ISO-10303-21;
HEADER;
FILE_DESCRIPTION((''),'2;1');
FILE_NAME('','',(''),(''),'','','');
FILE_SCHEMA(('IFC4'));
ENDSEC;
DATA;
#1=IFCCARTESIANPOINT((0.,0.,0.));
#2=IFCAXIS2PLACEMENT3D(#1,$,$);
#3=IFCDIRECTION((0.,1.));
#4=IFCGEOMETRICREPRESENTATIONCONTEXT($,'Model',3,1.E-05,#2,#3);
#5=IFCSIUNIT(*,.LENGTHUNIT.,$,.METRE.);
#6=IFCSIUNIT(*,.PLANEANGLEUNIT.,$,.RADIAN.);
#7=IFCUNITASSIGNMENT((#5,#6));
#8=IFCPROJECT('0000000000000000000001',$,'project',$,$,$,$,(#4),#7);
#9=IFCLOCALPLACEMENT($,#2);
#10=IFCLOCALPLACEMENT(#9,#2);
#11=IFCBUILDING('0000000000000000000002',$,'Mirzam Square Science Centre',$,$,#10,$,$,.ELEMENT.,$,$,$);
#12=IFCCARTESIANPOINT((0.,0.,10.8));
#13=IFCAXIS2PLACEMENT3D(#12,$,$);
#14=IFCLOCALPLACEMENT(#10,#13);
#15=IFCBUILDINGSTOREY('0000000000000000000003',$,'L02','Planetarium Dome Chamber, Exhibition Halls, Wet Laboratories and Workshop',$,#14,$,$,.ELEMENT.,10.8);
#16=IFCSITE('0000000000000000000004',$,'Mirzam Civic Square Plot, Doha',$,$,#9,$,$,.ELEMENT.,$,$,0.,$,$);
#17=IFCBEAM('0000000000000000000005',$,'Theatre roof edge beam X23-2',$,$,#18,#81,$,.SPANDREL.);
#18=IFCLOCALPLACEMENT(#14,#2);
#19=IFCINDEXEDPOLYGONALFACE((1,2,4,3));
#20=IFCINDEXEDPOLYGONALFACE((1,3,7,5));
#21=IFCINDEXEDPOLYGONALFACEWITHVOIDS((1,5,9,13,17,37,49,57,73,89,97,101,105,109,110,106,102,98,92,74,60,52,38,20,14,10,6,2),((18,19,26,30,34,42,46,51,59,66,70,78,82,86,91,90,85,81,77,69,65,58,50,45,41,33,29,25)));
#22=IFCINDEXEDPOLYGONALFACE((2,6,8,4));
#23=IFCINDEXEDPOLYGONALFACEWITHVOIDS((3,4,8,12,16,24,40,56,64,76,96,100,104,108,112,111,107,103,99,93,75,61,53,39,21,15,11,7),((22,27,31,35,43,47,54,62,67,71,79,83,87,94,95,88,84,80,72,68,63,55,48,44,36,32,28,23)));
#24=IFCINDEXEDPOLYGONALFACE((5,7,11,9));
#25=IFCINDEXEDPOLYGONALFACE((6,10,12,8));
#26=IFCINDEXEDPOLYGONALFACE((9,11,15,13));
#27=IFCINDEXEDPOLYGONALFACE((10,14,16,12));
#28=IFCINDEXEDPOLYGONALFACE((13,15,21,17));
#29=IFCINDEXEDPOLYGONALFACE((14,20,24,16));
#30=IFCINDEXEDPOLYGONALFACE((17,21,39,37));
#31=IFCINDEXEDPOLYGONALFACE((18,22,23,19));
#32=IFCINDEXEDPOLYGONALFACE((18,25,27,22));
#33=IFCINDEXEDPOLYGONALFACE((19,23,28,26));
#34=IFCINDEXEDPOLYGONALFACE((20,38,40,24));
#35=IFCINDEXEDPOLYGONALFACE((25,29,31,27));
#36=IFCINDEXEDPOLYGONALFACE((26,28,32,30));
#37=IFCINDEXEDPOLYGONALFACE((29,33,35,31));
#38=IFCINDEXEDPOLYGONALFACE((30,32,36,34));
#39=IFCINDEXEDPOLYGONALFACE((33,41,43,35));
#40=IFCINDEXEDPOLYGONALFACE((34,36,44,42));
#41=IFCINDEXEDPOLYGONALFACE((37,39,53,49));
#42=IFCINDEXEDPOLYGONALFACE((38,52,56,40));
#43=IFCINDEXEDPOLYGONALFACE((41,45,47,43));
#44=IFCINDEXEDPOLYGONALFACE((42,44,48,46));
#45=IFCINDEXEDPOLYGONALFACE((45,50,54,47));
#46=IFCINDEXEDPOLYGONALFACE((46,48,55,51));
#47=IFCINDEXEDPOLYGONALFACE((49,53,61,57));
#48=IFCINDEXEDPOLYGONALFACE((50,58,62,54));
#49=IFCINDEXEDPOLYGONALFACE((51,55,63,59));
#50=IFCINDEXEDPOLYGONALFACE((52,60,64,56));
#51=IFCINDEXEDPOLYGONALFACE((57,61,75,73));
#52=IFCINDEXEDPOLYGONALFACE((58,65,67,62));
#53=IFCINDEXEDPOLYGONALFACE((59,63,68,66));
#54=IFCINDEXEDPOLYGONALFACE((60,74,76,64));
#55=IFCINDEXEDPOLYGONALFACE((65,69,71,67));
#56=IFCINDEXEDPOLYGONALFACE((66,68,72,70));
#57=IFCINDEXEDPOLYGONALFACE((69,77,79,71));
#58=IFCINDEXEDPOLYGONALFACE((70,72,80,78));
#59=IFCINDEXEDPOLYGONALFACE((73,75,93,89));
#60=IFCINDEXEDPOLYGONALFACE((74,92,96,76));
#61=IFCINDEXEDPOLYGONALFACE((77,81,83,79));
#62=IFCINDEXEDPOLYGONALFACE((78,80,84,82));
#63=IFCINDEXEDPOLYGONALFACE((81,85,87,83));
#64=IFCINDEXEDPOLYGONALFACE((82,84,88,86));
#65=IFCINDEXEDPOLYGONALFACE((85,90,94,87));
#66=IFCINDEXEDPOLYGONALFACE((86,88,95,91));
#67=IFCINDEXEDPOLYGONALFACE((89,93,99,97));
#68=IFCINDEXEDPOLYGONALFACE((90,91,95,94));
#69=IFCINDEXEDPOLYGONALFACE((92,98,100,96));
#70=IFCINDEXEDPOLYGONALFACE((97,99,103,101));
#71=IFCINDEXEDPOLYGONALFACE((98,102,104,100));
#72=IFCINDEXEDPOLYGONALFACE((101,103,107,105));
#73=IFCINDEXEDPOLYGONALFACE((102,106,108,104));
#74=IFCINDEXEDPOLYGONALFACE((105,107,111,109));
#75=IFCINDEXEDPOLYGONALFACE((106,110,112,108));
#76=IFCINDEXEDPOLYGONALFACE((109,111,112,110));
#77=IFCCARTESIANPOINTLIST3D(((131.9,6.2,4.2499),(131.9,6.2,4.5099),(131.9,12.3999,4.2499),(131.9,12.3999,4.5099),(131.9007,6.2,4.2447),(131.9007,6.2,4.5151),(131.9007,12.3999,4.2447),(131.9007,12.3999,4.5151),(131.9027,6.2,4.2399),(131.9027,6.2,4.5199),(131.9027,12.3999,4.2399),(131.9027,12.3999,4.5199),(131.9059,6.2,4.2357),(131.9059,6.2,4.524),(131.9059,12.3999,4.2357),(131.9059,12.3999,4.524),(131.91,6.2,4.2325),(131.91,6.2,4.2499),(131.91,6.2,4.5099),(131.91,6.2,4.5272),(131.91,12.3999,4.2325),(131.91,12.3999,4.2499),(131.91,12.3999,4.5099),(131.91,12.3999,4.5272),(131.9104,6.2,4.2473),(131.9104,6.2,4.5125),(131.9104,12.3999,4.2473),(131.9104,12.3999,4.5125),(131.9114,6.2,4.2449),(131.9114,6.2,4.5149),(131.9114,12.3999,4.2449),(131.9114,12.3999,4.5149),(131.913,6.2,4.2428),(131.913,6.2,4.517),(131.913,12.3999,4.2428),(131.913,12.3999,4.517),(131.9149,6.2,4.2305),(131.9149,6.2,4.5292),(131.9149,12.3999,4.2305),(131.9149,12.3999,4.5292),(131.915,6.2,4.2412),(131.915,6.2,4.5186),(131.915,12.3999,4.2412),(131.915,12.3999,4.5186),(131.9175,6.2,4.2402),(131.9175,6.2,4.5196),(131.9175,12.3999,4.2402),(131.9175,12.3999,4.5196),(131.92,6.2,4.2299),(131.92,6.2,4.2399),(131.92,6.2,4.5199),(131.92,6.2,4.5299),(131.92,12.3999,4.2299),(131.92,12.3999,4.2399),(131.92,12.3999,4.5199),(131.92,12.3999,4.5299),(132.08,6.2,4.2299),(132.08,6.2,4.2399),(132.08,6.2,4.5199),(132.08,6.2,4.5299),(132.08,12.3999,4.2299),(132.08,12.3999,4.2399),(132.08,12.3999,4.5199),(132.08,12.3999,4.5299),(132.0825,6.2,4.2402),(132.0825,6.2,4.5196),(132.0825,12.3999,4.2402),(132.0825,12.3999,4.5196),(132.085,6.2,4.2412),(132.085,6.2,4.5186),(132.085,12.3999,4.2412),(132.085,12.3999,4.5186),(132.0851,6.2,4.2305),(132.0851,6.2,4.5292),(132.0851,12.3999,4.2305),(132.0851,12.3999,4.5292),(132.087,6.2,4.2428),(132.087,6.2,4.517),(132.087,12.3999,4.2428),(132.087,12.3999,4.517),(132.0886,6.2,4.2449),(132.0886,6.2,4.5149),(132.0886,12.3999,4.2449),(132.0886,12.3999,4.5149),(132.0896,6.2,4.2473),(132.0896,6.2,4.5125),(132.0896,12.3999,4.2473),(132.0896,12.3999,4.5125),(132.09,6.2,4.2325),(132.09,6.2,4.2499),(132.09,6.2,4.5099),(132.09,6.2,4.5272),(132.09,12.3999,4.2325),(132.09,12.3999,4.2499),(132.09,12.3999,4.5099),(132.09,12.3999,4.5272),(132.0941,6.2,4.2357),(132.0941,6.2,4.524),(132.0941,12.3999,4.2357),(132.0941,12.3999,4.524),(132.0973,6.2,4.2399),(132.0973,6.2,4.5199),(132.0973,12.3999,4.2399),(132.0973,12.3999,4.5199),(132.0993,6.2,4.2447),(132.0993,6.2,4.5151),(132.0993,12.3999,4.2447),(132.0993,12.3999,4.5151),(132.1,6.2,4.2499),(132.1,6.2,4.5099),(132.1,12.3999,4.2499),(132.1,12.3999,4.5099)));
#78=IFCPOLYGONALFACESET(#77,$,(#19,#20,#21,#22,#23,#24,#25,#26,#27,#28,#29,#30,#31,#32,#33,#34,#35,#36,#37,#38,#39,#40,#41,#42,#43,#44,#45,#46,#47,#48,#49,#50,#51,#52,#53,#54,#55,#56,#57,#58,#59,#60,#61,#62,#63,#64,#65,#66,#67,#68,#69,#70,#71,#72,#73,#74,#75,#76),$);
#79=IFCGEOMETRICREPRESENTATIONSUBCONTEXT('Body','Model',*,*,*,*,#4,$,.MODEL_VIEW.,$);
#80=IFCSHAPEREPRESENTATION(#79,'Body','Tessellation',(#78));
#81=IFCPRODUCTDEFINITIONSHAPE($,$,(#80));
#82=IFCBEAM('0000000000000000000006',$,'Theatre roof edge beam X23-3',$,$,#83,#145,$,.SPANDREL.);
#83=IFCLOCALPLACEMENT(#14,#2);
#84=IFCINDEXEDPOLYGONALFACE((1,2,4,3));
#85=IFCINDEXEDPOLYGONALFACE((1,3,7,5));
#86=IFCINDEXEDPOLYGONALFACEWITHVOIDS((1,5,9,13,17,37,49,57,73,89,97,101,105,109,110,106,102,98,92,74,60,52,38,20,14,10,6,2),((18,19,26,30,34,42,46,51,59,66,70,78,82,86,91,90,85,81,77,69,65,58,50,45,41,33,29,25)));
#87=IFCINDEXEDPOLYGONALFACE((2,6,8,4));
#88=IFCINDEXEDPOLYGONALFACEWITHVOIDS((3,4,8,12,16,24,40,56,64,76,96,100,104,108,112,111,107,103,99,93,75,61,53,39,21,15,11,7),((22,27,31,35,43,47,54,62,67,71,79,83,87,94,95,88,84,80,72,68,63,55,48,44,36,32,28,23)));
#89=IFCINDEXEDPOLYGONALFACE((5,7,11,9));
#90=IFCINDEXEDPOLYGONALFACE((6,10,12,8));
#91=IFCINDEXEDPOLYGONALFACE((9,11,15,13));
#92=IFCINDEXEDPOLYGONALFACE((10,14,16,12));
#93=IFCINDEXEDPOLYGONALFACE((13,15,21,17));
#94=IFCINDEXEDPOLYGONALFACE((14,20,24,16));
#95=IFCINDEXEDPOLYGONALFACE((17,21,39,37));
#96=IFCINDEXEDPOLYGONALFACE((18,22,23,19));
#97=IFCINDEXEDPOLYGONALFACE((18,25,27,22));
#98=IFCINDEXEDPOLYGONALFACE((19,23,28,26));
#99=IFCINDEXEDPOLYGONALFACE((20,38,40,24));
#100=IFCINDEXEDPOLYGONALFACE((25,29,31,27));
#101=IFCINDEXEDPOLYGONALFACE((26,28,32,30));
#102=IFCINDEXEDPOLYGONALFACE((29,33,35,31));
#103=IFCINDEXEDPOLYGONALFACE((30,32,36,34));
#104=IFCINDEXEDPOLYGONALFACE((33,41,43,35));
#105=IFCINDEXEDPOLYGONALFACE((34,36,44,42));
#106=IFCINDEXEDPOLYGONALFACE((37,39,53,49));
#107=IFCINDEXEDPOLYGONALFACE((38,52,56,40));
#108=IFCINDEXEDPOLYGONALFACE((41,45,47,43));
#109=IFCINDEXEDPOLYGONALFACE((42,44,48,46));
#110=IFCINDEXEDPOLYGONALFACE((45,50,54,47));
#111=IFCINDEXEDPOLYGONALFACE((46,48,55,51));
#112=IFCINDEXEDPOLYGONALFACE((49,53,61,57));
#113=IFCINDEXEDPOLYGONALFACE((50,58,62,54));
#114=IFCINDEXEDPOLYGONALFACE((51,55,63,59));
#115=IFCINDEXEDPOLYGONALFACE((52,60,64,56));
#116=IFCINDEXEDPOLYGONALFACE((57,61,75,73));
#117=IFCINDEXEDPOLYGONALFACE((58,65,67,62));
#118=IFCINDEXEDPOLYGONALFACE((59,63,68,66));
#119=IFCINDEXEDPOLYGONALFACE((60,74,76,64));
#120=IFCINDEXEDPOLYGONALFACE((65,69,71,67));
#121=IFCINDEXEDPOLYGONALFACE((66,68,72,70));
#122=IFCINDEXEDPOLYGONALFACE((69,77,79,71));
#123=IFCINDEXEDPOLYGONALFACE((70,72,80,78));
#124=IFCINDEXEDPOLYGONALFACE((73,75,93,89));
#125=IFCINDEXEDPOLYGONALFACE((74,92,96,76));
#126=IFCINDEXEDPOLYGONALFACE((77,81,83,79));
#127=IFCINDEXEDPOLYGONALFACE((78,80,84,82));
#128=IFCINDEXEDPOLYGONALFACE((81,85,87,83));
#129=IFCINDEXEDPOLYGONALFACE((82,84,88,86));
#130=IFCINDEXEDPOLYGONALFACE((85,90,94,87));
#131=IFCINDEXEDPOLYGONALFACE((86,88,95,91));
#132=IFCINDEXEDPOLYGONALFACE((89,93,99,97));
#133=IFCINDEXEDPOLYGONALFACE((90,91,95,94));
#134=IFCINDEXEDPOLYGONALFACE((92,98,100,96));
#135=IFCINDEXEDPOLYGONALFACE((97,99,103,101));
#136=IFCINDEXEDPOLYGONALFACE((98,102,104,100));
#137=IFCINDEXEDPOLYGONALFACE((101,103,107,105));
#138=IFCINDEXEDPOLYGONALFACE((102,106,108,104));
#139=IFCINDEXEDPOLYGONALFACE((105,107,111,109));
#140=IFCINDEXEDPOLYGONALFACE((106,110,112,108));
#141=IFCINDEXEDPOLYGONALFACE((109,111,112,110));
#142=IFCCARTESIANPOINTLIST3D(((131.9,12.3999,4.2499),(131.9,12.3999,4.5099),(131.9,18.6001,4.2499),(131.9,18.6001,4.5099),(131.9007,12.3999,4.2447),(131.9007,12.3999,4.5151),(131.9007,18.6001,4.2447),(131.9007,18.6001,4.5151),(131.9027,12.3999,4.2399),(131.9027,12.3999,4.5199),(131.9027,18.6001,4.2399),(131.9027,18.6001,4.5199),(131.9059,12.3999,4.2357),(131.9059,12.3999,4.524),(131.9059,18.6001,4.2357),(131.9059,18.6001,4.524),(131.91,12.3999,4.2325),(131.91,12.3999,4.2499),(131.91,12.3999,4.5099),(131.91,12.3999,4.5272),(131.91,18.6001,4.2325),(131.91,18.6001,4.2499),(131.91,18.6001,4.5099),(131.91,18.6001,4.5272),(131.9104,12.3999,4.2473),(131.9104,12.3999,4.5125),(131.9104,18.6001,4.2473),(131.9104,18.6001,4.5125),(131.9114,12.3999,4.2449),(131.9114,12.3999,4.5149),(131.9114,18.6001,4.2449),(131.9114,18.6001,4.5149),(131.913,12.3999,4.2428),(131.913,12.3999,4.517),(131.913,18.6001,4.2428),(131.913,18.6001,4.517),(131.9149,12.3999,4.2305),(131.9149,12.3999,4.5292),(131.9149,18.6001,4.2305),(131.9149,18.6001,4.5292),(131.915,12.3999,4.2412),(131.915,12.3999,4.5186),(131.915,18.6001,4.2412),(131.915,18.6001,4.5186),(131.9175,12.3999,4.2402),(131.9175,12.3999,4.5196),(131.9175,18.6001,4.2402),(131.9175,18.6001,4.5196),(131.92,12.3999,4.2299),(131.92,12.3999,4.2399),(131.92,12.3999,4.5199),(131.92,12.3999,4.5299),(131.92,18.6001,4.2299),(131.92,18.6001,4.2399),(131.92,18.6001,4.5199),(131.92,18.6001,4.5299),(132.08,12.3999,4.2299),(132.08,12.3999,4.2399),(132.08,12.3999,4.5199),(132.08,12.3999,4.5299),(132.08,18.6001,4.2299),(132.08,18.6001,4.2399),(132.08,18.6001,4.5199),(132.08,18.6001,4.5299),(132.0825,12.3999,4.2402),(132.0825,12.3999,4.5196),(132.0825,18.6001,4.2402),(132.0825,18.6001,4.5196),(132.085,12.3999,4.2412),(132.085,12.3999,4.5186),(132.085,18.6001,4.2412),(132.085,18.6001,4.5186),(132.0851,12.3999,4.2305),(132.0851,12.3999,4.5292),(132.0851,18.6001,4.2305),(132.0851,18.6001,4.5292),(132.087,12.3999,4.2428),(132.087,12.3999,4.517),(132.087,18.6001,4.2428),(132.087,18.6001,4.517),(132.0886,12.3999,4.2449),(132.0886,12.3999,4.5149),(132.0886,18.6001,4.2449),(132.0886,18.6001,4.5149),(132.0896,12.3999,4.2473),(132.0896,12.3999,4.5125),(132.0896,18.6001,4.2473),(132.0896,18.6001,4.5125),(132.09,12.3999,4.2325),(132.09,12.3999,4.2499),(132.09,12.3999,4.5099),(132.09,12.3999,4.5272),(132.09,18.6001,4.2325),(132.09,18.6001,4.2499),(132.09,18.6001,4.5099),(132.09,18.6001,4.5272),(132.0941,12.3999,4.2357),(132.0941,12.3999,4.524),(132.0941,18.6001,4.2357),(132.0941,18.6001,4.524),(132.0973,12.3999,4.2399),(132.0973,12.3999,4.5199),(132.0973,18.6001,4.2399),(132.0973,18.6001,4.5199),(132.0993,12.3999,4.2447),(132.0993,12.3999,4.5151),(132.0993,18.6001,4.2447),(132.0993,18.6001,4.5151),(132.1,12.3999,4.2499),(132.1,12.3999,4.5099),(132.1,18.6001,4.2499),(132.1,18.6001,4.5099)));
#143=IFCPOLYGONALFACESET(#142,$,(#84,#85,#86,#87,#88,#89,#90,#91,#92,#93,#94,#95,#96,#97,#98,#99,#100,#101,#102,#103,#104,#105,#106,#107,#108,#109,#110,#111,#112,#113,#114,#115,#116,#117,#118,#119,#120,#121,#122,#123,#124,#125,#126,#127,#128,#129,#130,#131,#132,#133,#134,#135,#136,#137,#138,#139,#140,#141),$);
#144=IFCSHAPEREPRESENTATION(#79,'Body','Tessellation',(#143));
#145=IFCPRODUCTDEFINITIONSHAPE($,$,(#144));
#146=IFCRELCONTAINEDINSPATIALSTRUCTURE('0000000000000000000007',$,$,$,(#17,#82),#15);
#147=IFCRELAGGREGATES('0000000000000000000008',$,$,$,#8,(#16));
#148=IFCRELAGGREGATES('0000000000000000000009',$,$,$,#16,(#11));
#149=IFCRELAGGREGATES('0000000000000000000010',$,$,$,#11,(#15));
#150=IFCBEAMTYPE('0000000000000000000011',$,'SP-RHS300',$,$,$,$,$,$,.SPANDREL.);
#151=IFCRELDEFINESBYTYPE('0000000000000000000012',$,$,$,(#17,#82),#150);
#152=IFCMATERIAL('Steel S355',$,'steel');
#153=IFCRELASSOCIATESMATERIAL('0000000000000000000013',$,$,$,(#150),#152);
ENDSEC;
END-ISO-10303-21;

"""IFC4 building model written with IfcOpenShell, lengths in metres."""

from ifc_helpers import new_model, si_unit, direction, frame, origin, origin_2d, place, context, subcontext, project, spatial, hollow_rectangle, extrude, material, material_profile, profile_set, type_object, element, save


model = new_model("IFC4")

# Units and contexts
model_context = context("Model", 3, precision=1e-05, world=origin(), true_north=direction((0.0, 1.0)))
body_context = subcontext(model_context, "Body", "Model", "MODEL_VIEW")
ifc_project = project(units=[si_unit("LENGTHUNIT", "METRE"), si_unit("PLANEANGLEUNIT", "RADIAN")], contexts=[model_context])

# Site, building, storey
site_placement = place(None, origin())
site = spatial("IfcSite", under=ifc_project, at=site_placement, Name="Mirzam Civic Square Plot, Doha", CompositionType="ELEMENT", RefElevation=0.0)
building_placement = place(site_placement, origin())
building = spatial("IfcBuilding", under=site, at=building_placement, Name="Mirzam Square Science Centre", CompositionType="ELEMENT")
storey_placement = place(building_placement, frame((0.0, 0.0, 10.8)))
storey = spatial("IfcBuildingStorey", under=building, at=storey_placement, Name="L02", Description="Planetarium Dome Chamber, Exhibition Halls, Wet Laboratories and Workshop", CompositionType="ELEMENT", Elevation=10.8)

# Shared definitions
ifc_material_1 = material(Name="Steel S355", Category="steel")

# Beams
ifc_material_profile_1 = material_profile(ifc_material_1, hollow_rectangle(XDim=0.2, YDim=0.3, WallThickness=0.01, InnerFilletRadius=0.01, OuterFilletRadius=0.02, at=origin_2d()), Name="300x200x10.0RHS")
ifc_profile_set_1 = profile_set([ifc_material_profile_1], Name="Steel S355")
beam_type_1 = type_object("IfcBeamType", Name="SP-RHS300", PredefinedType="SPANDREL", material=ifc_profile_set_1)
beam_1_placement = place(storey_placement, frame((132.0, 6.2, 4.3799), z_axis=(0.0, 1.0, 0.0), x_axis=(-1.0, 0.0, 0.0)))
element("IfcBeam", 1, at=beam_1_placement, inside=storey, type_object=beam_type_1, Name="Theatre roof edge beam X23-2", PredefinedType="SPANDREL", context=body_context, shape_type="SweptSolid", body=[
    extrude(hollow_rectangle(XDim=0.2, YDim=0.3, WallThickness=0.01, InnerFilletRadius=0.01, OuterFilletRadius=0.02, at=origin_2d()), origin(), (0.0, 0.0, 1.0), 6.2),
])
beam_2_placement = place(storey_placement, frame((132.0, 12.3999, 4.3799), z_axis=(0.0, 1.0, 0.0), x_axis=(-1.0, 0.0, 0.0)))
element("IfcBeam", 2, at=beam_2_placement, inside=storey, type_object=beam_type_1, Name="Theatre roof edge beam X23-3", PredefinedType="SPANDREL", context=body_context, shape_type="SweptSolid", body=[
    extrude(hollow_rectangle(XDim=0.2, YDim=0.3, WallThickness=0.01, InnerFilletRadius=0.01, OuterFilletRadius=0.02, at=origin_2d()), origin(), (0.0, 0.0, 1.0), 6.2002),
])

save(model, "model.ifc")
